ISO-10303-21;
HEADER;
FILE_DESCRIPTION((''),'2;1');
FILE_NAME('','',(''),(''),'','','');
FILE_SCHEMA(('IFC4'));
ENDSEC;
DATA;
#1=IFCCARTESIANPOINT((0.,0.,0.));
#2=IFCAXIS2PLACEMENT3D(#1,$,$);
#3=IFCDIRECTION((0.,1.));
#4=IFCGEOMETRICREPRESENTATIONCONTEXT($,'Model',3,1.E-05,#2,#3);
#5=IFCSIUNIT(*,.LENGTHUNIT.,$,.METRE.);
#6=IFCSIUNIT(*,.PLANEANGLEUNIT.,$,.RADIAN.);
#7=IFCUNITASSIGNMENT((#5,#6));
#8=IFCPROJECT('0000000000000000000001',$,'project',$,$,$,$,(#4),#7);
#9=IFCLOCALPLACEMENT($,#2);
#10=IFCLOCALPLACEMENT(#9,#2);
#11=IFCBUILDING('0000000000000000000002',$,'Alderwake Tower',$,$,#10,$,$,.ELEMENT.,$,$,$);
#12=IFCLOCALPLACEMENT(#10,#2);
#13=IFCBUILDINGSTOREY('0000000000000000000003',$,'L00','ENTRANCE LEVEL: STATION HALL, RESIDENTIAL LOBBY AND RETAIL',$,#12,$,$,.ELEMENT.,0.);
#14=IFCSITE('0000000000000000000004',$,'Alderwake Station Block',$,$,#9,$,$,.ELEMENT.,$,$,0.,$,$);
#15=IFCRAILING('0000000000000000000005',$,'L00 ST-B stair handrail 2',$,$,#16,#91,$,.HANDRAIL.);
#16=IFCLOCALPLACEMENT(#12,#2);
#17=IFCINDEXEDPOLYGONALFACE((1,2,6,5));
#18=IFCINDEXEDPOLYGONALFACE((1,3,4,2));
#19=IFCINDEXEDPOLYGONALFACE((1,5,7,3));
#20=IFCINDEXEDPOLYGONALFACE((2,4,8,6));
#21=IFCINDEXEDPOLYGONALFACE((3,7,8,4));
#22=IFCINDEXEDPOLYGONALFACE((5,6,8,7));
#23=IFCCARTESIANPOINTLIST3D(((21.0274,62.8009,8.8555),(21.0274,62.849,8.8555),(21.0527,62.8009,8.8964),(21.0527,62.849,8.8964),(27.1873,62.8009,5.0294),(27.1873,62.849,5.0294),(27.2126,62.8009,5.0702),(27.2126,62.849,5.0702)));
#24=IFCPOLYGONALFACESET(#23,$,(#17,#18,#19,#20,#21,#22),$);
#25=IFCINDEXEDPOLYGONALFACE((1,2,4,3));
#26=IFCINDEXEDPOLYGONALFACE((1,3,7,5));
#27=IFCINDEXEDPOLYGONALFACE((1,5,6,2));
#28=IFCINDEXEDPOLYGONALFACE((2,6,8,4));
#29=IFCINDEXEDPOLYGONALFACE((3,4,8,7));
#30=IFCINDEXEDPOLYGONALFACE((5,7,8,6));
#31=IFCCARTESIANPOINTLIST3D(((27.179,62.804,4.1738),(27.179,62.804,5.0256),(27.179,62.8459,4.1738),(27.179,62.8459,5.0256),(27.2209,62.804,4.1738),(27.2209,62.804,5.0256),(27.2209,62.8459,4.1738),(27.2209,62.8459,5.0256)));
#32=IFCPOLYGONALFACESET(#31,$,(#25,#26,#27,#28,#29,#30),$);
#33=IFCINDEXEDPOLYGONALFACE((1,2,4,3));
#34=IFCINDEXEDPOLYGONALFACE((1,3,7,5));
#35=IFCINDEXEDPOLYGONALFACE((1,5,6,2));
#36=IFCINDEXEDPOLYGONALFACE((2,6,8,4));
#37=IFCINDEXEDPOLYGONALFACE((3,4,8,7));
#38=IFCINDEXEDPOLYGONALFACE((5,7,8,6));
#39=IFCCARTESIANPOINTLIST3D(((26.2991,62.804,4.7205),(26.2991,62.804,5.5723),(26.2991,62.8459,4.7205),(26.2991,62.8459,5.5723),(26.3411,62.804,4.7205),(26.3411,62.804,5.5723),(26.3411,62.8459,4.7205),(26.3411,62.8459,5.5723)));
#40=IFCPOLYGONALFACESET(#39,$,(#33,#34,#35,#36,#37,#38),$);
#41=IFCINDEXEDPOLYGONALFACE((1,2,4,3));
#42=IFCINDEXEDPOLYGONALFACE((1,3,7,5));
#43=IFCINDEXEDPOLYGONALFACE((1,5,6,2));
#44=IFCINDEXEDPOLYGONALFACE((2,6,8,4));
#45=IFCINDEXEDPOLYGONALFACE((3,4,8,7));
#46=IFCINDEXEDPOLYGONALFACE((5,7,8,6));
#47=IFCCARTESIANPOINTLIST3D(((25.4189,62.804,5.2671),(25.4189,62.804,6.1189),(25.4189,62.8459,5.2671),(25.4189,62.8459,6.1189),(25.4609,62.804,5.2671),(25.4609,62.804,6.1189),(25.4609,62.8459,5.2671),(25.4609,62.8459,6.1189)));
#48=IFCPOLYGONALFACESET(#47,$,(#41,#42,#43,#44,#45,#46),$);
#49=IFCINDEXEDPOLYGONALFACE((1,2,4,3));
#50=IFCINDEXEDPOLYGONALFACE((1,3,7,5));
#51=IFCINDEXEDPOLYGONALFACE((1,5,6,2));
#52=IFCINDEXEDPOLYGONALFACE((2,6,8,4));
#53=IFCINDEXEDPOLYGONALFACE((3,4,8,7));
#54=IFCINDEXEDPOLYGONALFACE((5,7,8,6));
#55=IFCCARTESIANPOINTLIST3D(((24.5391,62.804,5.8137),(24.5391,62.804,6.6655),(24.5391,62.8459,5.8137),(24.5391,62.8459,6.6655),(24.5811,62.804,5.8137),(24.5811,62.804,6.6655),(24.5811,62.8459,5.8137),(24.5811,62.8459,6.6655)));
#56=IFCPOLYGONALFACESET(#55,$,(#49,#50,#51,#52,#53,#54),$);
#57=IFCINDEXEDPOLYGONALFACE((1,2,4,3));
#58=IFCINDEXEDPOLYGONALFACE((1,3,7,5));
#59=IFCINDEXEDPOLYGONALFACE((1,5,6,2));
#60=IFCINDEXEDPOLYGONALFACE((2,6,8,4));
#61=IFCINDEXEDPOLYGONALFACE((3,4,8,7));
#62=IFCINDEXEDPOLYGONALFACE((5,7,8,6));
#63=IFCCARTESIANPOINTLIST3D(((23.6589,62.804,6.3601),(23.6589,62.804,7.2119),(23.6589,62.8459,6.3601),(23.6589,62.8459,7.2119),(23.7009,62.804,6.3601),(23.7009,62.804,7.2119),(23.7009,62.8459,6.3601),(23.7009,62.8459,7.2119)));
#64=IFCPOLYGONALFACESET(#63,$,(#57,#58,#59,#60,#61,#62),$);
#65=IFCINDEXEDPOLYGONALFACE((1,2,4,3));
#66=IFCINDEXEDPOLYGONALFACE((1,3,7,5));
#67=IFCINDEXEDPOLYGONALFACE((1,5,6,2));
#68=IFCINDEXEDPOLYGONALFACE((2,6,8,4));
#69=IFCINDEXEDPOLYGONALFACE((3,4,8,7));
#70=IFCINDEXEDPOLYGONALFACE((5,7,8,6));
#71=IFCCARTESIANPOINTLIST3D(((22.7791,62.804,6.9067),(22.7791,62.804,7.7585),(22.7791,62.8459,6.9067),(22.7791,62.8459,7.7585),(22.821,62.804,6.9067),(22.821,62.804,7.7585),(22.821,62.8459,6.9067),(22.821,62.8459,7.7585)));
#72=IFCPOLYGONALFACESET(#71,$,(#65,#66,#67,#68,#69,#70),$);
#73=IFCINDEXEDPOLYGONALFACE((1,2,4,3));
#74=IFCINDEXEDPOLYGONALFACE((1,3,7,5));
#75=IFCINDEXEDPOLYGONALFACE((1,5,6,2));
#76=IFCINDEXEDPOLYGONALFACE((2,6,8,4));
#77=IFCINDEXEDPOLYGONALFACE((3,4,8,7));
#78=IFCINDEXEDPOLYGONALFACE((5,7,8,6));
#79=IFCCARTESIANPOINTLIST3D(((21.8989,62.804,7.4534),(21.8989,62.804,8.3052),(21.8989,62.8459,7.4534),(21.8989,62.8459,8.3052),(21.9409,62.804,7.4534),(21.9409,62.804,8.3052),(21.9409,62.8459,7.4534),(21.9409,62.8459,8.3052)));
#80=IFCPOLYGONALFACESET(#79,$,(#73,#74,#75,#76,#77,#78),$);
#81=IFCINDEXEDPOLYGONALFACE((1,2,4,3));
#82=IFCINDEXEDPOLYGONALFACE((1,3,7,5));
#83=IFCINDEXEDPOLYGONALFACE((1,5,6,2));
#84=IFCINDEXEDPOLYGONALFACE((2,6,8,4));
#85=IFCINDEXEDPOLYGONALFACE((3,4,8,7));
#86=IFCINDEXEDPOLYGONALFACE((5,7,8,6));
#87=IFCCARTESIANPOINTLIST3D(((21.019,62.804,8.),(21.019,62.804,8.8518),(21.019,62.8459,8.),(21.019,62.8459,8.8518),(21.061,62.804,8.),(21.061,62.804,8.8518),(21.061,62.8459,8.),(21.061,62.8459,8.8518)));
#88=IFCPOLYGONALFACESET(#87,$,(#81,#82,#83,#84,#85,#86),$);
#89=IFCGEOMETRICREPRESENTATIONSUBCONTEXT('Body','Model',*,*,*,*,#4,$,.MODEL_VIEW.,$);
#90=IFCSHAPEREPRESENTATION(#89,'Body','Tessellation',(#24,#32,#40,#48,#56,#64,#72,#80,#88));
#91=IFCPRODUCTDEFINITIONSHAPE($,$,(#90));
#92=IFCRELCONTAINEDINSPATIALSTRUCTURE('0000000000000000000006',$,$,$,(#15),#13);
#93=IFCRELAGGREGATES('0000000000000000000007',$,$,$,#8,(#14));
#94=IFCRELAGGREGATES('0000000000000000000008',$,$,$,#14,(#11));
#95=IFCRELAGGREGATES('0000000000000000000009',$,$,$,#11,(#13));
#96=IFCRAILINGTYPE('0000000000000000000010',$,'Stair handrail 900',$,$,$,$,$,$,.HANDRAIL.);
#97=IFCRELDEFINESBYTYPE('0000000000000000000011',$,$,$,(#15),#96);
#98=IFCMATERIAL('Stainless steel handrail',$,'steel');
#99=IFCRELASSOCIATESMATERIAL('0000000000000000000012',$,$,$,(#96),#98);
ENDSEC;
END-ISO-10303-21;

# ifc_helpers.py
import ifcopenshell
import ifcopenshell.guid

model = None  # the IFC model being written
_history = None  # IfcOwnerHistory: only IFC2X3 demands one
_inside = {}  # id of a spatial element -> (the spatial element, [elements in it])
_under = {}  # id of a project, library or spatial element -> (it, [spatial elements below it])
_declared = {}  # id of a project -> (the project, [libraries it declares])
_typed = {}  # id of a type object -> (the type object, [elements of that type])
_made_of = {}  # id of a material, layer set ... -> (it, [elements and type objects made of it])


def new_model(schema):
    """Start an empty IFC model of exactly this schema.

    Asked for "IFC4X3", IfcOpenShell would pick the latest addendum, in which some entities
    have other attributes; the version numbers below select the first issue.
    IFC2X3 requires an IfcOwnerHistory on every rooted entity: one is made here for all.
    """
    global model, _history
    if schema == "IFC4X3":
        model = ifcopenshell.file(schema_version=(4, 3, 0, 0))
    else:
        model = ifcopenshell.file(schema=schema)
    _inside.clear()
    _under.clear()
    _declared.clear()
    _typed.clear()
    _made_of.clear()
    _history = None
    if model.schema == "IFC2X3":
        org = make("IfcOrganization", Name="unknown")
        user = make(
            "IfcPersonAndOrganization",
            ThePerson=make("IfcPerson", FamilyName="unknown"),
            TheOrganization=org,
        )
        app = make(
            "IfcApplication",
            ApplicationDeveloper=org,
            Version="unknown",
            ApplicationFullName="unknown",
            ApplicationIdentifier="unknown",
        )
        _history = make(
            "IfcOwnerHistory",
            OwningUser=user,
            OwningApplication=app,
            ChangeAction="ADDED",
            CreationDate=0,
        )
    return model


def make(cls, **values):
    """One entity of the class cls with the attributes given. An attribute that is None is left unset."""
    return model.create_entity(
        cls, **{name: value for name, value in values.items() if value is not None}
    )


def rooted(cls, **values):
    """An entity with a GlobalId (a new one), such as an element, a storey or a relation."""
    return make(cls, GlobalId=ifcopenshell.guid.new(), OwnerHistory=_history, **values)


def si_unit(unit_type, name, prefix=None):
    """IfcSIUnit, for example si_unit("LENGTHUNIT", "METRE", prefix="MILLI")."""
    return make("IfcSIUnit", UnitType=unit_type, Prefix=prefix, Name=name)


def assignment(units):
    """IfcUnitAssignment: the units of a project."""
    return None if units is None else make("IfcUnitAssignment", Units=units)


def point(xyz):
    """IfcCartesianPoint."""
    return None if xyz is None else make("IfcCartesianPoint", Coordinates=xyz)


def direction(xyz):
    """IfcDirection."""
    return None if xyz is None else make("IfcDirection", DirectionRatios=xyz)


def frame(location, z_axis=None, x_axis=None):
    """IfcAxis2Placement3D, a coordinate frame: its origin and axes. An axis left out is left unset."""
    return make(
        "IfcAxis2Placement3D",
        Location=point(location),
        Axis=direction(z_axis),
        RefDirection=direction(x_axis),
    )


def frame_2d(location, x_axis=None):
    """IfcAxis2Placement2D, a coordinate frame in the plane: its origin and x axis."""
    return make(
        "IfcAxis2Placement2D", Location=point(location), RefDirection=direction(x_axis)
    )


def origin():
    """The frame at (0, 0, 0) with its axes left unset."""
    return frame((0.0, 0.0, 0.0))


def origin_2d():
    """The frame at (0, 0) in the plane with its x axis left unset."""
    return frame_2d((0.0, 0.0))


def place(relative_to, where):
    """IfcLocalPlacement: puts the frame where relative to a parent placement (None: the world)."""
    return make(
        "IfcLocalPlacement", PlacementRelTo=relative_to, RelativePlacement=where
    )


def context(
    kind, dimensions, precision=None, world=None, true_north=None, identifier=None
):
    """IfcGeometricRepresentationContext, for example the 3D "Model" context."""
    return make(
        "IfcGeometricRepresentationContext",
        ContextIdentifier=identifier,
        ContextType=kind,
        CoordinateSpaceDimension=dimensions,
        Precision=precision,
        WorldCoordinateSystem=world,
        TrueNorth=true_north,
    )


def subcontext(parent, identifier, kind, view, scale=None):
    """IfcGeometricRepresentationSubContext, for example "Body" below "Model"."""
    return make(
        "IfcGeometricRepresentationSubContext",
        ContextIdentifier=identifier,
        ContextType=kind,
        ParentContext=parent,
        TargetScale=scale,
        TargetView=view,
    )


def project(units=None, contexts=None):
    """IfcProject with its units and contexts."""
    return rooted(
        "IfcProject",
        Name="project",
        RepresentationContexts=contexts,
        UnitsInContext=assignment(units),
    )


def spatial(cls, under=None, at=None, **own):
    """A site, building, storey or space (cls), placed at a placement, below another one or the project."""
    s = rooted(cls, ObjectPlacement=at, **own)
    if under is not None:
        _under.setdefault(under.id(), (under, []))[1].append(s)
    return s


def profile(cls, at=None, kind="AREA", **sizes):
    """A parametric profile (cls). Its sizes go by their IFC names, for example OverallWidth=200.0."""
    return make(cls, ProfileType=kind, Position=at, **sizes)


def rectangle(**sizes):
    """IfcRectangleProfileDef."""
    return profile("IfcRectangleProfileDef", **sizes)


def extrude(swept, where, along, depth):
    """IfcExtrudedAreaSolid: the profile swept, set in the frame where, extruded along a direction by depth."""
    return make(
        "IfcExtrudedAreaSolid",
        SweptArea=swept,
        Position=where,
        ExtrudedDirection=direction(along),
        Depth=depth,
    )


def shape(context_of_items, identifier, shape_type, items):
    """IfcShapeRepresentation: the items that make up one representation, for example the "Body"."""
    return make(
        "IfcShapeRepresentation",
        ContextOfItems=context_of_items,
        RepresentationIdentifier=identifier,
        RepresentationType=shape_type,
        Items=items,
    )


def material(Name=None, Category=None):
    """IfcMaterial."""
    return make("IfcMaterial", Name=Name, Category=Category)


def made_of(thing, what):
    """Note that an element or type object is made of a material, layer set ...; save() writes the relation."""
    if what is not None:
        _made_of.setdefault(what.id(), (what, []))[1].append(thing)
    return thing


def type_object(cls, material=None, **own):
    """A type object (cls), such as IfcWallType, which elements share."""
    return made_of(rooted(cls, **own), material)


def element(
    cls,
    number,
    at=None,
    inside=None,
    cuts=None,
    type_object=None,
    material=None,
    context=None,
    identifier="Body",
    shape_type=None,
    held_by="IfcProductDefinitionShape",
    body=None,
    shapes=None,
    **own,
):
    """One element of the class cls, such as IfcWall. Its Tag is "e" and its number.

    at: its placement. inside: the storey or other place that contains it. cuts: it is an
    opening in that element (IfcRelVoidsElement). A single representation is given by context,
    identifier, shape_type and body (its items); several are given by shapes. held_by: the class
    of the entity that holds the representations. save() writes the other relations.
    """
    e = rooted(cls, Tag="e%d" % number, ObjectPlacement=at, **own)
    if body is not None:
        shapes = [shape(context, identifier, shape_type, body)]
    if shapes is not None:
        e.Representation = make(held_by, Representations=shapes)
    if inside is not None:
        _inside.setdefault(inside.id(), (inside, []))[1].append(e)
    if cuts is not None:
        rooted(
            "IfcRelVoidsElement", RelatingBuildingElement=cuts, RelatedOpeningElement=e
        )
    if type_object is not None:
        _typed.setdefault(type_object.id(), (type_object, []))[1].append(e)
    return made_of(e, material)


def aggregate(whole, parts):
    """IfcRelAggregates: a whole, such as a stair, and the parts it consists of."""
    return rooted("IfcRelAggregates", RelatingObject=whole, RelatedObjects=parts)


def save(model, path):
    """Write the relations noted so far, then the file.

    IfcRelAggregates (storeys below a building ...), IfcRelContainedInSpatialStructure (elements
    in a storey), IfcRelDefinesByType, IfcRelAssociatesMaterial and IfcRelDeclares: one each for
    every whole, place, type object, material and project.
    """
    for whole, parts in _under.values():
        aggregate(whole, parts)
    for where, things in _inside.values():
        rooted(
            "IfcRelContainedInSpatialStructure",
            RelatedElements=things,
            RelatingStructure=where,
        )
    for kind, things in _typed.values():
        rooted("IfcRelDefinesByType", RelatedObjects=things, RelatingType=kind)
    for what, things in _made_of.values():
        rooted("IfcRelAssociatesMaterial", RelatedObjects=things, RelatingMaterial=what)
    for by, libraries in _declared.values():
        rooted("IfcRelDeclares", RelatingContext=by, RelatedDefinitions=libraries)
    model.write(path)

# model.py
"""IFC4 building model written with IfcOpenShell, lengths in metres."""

from ifc_helpers import new_model, si_unit, direction, frame, origin, origin_2d, place, context, subcontext, project, spatial, rectangle, extrude, material, type_object, element, save


model = new_model("IFC4")

# Units and contexts
model_context = context("Model", 3, precision=1e-05, world=origin(), true_north=direction((0.0, 1.0)))
body_context = subcontext(model_context, "Body", "Model", "MODEL_VIEW")
ifc_project = project(units=[si_unit("LENGTHUNIT", "METRE"), si_unit("PLANEANGLEUNIT", "RADIAN")], contexts=[model_context])

# Site, building, storey
site_placement = place(None, origin())
site = spatial("IfcSite", under=ifc_project, at=site_placement, Name="Alderwake Station Block", CompositionType="ELEMENT", RefElevation=0.0)
building_placement = place(site_placement, origin())
building = spatial("IfcBuilding", under=site, at=building_placement, Name="Alderwake Tower", CompositionType="ELEMENT")
storey_placement = place(building_placement, origin())
storey = spatial("IfcBuildingStorey", under=building, at=storey_placement, Name="L00", Description="ENTRANCE LEVEL: STATION HALL, RESIDENTIAL LOBBY AND RETAIL", CompositionType="ELEMENT", Elevation=0.0)

# Railing
ifc_material_1 = material(Name="Stainless steel handrail", Category="steel")
railing_type = type_object("IfcRailingType", Name="Stair handrail 900", PredefinedType="HANDRAIL", material=ifc_material_1)
railing_placement = place(storey_placement, frame((27.2, 62.825, 4.1738)))
element("IfcRailing", 1, at=railing_placement, inside=storey, type_object=railing_type, Name="L00 ST-B stair handrail 2", PredefinedType="HANDRAIL", context=body_context, shape_type="SweptSolid", body=[
    extrude(rectangle(XDim=0.0481, YDim=0.0481, at=origin_2d()), frame((0.0, 0.0, 0.876), z_axis=(-0.849468, 0.0, 0.527639), x_axis=(0.0, -1.0, 0.0)), (0.0, 0.0, 1.0), 7.2515),
    extrude(rectangle(XDim=0.042, YDim=0.042, at=origin_2d()), frame((0.0, 0.0, 0.0), z_axis=(0.0, 0.0, 1.0), x_axis=(-1.0, 0.0, 0.0)), (0.0, 0.0, 1.0), 0.8518),
    extrude(rectangle(XDim=0.042, YDim=0.042, at=origin_2d()), frame((-0.8799, 0.0, 0.5466), z_axis=(0.0, 0.0, 1.0), x_axis=(-1.0, 0.0, 0.0)), (0.0, 0.0, 1.0), 0.8518),
    extrude(rectangle(XDim=0.042, YDim=0.042, at=origin_2d()), frame((-1.76, 0.0, 1.0933), z_axis=(0.0, 0.0, 1.0), x_axis=(-1.0, 0.0, 0.0)), (0.0, 0.0, 1.0), 0.8518),
    extrude(rectangle(XDim=0.042, YDim=0.042, at=origin_2d()), frame((-2.6399, 0.0, 1.6399), z_axis=(0.0, 0.0, 1.0), x_axis=(-1.0, 0.0, 0.0)), (0.0, 0.0, 1.0), 0.8518),
    extrude(rectangle(XDim=0.042, YDim=0.042, at=origin_2d()), frame((-3.52, 0.0, 2.1863), z_axis=(0.0, 0.0, 1.0), x_axis=(-1.0, 0.0, 0.0)), (0.0, 0.0, 1.0), 0.8518),
    extrude(rectangle(XDim=0.042, YDim=0.042, at=origin_2d()), frame((-4.3999, 0.0, 2.7329), z_axis=(0.0, 0.0, 1.0), x_axis=(-1.0, 0.0, 0.0)), (0.0, 0.0, 1.0), 0.8518),
    extrude(rectangle(XDim=0.042, YDim=0.042, at=origin_2d()), frame((-5.28, 0.0, 3.2795), z_axis=(0.0, 0.0, 1.0), x_axis=(-1.0, 0.0, 0.0)), (0.0, 0.0, 1.0), 0.8518),
    extrude(rectangle(XDim=0.042, YDim=0.042, at=origin_2d()), frame((-6.1599, 0.0, 3.8262), z_axis=(0.0, 0.0, 1.0), x_axis=(-1.0, 0.0, 0.0)), (0.0, 0.0, 1.0), 0.8518),
])

save(model, "model.ifc")
